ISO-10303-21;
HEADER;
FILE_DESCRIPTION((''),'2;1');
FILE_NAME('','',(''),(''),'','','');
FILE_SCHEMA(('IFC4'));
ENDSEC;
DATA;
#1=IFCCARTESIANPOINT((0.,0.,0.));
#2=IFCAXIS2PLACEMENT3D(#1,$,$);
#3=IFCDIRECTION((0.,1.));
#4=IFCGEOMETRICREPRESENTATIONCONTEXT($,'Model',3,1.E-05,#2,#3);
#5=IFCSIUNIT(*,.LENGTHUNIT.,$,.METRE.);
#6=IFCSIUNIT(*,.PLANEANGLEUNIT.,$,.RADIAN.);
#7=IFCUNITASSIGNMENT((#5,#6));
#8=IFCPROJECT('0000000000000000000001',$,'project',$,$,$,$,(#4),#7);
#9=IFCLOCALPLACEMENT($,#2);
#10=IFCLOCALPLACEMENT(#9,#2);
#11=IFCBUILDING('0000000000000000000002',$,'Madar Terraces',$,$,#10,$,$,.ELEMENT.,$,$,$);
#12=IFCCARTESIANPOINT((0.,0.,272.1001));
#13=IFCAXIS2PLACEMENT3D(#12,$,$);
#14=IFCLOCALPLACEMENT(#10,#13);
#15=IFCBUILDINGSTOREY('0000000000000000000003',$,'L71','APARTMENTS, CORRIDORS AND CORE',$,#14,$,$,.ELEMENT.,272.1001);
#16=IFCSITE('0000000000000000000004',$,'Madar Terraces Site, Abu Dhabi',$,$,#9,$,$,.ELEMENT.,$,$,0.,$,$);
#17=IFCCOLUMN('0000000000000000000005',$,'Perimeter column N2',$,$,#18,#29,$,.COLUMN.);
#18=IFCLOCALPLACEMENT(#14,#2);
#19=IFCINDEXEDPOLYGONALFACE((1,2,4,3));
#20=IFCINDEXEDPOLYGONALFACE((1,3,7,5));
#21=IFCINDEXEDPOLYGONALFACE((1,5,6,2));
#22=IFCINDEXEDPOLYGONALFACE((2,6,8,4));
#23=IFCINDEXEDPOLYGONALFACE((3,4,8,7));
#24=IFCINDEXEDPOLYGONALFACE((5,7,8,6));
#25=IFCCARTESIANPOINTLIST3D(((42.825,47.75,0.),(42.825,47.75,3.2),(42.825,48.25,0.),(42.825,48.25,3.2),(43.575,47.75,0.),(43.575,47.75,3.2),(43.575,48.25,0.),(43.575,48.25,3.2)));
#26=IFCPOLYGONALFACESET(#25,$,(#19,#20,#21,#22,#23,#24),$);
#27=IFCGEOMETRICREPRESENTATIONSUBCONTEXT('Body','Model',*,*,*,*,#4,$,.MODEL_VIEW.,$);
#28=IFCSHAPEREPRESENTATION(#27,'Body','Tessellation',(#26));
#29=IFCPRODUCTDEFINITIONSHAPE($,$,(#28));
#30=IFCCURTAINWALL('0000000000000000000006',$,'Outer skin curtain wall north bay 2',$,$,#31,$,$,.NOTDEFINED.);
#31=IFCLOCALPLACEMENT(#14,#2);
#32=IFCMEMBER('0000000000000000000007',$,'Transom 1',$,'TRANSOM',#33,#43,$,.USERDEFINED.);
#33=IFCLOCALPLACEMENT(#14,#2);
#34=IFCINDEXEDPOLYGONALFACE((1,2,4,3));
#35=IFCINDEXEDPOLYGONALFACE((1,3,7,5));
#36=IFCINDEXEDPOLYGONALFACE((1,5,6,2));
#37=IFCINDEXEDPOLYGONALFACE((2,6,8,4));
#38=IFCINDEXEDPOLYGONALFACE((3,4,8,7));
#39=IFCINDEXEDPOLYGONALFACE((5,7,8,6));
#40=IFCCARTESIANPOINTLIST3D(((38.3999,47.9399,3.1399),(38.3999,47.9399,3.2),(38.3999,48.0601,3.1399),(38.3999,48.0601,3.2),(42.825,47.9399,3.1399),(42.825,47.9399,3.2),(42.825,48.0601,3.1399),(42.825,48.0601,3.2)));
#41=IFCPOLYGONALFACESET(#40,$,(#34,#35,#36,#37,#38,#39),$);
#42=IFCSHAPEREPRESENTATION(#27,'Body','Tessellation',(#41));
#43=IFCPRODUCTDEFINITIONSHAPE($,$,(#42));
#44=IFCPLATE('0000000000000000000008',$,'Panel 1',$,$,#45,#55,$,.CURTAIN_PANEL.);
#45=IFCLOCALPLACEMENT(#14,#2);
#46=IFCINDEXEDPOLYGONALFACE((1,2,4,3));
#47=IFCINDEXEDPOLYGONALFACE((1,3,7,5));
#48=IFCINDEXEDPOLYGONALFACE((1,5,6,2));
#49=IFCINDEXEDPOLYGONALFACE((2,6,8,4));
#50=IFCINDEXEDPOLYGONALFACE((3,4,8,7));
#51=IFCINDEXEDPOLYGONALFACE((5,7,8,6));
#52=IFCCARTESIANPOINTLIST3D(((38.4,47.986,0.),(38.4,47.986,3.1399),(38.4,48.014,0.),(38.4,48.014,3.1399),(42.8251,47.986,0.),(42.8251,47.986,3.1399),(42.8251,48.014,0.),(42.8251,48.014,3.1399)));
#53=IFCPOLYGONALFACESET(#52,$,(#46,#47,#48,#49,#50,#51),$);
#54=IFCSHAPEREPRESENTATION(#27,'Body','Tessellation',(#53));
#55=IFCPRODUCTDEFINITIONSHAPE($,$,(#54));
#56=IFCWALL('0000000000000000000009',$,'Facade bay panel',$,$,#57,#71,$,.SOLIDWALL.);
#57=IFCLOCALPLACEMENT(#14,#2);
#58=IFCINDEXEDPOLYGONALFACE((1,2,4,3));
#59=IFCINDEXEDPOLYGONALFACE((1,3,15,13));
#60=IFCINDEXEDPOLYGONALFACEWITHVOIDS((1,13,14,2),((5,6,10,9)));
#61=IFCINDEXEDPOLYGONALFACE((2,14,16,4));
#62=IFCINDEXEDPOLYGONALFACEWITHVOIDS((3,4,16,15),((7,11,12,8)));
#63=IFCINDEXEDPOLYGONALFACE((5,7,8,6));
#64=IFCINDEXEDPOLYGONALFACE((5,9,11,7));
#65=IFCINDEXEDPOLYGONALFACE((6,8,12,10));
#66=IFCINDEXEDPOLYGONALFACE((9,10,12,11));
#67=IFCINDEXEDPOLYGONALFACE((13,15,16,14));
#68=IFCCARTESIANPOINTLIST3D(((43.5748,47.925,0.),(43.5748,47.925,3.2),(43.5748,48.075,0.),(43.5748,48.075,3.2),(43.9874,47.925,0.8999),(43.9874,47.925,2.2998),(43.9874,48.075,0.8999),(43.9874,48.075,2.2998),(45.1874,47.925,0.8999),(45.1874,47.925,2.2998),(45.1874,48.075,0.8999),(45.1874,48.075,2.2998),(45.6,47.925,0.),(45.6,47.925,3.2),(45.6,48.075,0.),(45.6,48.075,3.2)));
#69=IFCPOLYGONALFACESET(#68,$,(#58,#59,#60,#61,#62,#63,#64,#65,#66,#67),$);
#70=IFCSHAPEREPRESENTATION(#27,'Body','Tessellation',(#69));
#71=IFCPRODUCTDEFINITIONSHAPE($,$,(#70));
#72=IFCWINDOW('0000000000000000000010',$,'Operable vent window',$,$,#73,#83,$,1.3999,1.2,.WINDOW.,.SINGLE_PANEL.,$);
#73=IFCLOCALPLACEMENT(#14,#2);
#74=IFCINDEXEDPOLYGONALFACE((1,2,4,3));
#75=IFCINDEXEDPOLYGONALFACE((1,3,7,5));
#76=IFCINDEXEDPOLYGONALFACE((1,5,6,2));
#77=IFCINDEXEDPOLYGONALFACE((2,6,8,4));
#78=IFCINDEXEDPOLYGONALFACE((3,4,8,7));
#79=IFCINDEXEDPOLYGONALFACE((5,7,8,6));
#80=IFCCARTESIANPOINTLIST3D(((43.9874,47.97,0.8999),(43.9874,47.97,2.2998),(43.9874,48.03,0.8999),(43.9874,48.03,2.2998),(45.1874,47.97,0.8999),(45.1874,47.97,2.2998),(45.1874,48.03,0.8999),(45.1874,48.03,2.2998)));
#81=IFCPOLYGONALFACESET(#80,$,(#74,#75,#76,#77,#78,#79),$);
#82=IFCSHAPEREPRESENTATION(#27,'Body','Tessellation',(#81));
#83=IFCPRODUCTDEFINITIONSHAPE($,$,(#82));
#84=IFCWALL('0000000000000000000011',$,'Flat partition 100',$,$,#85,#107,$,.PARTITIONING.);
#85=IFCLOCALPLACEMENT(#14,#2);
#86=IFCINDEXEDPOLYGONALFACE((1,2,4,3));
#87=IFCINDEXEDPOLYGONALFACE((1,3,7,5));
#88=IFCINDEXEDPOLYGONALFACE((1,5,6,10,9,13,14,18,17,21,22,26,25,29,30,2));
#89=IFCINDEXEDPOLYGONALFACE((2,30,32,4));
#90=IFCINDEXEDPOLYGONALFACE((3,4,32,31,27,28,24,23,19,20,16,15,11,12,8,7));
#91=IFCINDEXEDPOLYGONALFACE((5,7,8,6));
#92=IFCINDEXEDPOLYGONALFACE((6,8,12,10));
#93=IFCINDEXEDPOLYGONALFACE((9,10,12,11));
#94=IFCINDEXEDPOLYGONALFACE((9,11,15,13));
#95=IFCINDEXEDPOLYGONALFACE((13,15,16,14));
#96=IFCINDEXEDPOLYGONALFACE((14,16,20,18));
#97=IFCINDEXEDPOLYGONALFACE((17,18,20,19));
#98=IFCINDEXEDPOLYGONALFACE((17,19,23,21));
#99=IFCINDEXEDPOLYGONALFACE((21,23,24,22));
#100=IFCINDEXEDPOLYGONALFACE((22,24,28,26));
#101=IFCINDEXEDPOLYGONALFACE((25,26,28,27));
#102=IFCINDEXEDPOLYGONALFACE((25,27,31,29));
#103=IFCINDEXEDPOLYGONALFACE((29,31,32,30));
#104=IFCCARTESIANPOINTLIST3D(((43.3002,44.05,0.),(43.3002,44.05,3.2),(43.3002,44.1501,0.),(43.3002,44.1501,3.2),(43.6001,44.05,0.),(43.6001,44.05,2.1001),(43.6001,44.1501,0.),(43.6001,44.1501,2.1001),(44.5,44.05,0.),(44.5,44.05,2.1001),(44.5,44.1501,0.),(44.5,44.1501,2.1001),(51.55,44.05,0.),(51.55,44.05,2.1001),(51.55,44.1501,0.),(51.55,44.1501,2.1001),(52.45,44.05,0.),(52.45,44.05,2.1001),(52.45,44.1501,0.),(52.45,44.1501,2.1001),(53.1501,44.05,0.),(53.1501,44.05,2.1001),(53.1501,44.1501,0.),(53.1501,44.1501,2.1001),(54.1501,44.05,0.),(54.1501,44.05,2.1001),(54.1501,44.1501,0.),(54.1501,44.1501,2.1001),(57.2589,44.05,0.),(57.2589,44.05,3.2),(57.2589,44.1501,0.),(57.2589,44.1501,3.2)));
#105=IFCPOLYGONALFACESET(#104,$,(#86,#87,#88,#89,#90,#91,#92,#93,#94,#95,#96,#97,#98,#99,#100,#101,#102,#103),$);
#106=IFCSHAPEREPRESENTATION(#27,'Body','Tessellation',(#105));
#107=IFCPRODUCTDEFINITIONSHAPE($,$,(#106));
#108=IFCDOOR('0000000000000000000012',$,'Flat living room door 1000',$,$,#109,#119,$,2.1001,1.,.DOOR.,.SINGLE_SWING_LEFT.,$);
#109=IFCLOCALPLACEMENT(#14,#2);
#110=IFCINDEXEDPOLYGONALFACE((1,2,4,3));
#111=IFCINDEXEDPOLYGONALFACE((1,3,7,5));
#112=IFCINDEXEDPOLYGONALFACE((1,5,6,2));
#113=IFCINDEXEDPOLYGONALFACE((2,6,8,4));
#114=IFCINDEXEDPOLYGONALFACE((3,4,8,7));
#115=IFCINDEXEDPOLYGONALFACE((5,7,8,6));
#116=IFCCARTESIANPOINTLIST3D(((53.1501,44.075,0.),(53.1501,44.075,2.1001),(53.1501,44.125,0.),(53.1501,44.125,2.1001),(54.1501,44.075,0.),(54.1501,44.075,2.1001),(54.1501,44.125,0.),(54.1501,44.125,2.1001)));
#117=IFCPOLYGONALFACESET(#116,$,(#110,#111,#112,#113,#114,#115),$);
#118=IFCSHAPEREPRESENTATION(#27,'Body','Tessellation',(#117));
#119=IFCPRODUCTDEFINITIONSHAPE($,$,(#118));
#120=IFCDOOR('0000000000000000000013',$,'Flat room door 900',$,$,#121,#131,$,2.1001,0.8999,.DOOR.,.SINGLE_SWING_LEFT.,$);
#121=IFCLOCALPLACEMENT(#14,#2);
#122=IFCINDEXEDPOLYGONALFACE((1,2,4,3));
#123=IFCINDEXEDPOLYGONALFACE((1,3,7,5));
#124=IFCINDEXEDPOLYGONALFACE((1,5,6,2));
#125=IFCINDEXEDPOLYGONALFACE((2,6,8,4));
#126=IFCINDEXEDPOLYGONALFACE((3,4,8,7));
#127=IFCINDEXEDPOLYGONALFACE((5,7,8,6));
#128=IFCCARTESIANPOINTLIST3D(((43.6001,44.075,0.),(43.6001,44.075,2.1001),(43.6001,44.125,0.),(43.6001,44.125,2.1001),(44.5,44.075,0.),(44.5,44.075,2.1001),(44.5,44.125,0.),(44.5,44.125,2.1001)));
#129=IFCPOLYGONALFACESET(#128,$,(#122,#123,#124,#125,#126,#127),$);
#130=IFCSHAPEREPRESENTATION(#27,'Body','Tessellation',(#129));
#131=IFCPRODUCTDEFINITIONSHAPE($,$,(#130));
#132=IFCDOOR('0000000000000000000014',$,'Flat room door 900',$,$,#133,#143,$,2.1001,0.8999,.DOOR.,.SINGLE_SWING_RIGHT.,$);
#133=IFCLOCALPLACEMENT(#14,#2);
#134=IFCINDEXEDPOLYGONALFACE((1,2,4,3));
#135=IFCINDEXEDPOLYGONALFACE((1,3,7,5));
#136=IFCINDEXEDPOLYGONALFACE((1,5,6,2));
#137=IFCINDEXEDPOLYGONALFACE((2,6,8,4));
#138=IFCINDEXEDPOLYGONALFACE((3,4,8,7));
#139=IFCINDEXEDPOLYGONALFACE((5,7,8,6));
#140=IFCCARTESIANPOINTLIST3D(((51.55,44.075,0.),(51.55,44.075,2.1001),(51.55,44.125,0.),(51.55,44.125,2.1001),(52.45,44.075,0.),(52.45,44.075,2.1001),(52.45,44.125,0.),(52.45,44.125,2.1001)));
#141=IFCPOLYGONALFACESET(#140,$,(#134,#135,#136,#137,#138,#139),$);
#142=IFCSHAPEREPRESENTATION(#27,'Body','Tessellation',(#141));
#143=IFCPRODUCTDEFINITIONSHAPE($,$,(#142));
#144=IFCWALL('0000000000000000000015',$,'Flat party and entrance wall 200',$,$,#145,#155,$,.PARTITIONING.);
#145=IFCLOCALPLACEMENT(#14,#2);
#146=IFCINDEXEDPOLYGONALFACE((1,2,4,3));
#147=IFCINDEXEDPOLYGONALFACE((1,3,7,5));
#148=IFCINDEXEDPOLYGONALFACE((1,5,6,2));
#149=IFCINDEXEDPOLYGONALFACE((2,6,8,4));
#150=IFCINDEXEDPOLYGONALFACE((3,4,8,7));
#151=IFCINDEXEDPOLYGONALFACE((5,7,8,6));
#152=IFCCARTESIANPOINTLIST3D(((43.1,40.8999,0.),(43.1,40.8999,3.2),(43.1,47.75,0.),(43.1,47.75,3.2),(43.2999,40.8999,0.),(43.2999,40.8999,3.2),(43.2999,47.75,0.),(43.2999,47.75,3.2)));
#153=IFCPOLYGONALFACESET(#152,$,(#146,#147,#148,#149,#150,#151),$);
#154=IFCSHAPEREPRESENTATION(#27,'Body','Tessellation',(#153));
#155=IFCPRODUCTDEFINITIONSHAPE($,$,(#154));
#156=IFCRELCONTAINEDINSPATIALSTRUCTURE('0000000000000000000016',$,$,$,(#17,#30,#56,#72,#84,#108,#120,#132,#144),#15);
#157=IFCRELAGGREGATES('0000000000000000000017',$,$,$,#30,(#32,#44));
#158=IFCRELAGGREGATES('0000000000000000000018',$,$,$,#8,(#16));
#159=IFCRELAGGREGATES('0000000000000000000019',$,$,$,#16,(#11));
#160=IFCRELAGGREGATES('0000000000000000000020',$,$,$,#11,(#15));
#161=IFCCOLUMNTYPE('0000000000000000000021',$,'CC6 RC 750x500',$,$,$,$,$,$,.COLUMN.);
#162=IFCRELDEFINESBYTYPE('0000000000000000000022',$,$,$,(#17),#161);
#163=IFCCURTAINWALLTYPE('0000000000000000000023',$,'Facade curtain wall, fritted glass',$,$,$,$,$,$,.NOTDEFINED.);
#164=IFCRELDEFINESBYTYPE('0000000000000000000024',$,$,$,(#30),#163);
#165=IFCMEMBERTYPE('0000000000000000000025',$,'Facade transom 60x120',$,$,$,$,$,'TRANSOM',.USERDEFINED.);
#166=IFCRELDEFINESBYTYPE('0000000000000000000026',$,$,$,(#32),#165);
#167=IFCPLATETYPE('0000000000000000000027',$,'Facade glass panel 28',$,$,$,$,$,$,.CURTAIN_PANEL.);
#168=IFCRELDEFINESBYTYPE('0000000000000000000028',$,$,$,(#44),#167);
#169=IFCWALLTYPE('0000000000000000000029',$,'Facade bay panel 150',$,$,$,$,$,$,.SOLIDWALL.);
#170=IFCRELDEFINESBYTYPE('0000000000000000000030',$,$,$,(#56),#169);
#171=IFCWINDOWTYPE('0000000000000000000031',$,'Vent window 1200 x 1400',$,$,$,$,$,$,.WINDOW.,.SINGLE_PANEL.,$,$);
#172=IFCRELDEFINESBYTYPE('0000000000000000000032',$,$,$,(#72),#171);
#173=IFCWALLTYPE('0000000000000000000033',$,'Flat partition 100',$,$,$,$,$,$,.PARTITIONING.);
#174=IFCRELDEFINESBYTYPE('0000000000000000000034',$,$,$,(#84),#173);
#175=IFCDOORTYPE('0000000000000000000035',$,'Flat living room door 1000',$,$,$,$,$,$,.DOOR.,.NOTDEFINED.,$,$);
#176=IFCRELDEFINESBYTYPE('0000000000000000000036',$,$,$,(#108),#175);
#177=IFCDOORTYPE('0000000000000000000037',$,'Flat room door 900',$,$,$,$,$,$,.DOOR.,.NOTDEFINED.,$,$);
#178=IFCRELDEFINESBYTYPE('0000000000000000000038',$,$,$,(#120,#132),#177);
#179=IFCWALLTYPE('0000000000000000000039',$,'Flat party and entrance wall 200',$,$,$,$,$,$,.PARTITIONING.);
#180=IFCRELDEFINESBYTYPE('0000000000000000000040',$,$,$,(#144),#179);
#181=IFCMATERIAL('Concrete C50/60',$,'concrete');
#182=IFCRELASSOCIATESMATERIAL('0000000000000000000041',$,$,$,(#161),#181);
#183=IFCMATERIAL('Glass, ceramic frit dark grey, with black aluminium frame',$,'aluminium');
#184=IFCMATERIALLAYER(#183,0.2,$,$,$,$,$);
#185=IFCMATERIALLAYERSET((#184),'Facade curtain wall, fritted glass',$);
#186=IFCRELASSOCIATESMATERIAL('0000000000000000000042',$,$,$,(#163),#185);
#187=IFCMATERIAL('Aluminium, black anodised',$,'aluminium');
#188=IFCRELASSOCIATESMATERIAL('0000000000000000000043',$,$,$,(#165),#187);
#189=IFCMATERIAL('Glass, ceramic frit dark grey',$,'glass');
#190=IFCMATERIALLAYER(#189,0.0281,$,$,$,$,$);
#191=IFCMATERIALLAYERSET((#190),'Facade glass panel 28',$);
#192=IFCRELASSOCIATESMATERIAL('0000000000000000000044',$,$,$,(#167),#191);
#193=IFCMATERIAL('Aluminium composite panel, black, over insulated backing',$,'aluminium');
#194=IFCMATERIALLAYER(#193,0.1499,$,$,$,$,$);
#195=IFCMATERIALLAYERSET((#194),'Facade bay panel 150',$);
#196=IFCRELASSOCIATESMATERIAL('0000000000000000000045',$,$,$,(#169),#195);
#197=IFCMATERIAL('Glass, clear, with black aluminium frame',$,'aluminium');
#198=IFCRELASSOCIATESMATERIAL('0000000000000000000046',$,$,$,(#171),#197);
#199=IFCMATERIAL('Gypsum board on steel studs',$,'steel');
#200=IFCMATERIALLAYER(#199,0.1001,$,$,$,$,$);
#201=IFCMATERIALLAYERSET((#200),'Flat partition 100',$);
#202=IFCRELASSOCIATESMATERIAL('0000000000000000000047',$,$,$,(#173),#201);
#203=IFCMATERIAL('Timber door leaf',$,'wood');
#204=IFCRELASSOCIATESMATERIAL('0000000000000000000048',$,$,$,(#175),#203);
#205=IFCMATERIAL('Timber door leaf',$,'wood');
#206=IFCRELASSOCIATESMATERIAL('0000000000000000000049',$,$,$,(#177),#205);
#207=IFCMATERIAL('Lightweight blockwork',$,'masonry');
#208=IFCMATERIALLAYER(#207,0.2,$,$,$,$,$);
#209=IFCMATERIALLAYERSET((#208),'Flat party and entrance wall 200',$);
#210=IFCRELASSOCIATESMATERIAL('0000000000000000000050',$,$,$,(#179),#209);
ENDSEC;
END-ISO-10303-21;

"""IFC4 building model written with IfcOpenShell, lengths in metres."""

from ifc_helpers import new_model, si_unit, direction, frame, frame_2d, origin, origin_2d, place, context, subcontext, project, spatial, rectangle, extrude, material, layer, layer_set, material_profile, profile_set, type_object, element, fill, aggregate, save


model = new_model("IFC4")

# Units and contexts
model_context = context("Model", 3, precision=1e-05, world=origin(), true_north=direction((0.0, 1.0)))
body_context = subcontext(model_context, "Body", "Model", "MODEL_VIEW")
ifc_project = project(units=[si_unit("LENGTHUNIT", "METRE"), si_unit("PLANEANGLEUNIT", "RADIAN")], contexts=[model_context])

# Site, building, storey
site_placement = place(None, origin())
site = spatial("IfcSite", under=ifc_project, at=site_placement, Name="Madar Terraces Site, Abu Dhabi", CompositionType="ELEMENT", RefElevation=0.0)
building_placement = place(site_placement, origin())
building = spatial("IfcBuilding", under=site, at=building_placement, Name="Madar Terraces", CompositionType="ELEMENT")
storey_placement = place(building_placement, frame((0.0, 0.0, 272.1001)))
storey = spatial("IfcBuildingStorey", under=building, at=storey_placement, Name="L71", Description="APARTMENTS, CORRIDORS AND CORE", CompositionType="ELEMENT", Elevation=272.1001)

# Column
ifc_material_1 = material(Name="Concrete C50/60", Category="concrete")
ifc_material_profile_1 = material_profile(ifc_material_1, rectangle(XDim=0.75, YDim=0.5, at=origin_2d()), Name="CC6 RC 750x500")
ifc_profile_set_1 = profile_set([ifc_material_profile_1], Name="Concrete C50/60")
column_type = type_object("IfcColumnType", Name="CC6 RC 750x500", PredefinedType="COLUMN", material=ifc_profile_set_1)
column_placement = place(storey_placement, frame((43.2, 48.0, 0.0), z_axis=(0.0, 0.0, 1.0), x_axis=(1.0, 0.0, 0.0)))
element("IfcColumn", 1, at=column_placement, inside=storey, type_object=column_type, Name="Perimeter column N2", PredefinedType="COLUMN", context=body_context, shape_type="SweptSolid", body=[
    extrude(rectangle(XDim=0.75, YDim=0.5, at=origin_2d()), origin(), (0.0, 0.0, 1.0), 3.2),
])

# Curtain wall, member, plate
ifc_material_2 = material(Name="Glass, ceramic frit dark grey, with black aluminium frame", Category="aluminium")
ifc_layer_1 = layer(ifc_material_2, 0.2)
ifc_layer_set_1 = layer_set([ifc_layer_1], Name="Facade curtain wall, fritted glass")
curtain_wall_type = type_object("IfcCurtainWallType", Name="Facade curtain wall, fritted glass", PredefinedType="NOTDEFINED", material=ifc_layer_set_1)
curtain_wall_placement = place(storey_placement, origin())
curtain_wall = element("IfcCurtainWall", 2, at=curtain_wall_placement, inside=storey, type_object=curtain_wall_type, Name="Outer skin curtain wall north bay 2", PredefinedType="NOTDEFINED")
ifc_material_3 = material(Name="Aluminium, black anodised", Category="aluminium")
ifc_material_profile_2 = material_profile(ifc_material_3, rectangle(XDim=0.1201, YDim=0.0601, at=origin_2d()), Name="Facade transom 60x120")
ifc_profile_set_2 = profile_set([ifc_material_profile_2], Name="Aluminium, black anodised")
member_type = type_object("IfcMemberType", Name="Facade transom 60x120", ElementType="TRANSOM", PredefinedType="USERDEFINED", material=ifc_profile_set_2)
member_placement = place(storey_placement, frame((42.825, 48.0, 3.1699), z_axis=(-1.0, 0.0, 0.0), x_axis=(0.0, -1.0, 0.0)))
member = element("IfcMember", 3, at=member_placement, type_object=member_type, Name="Transom 1", ObjectType="TRANSOM", PredefinedType="USERDEFINED", context=body_context, shape_type="SweptSolid", body=[
    extrude(rectangle(XDim=0.1201, YDim=0.0601, at=origin_2d()), origin(), (0.0, 0.0, 1.0), 4.425),
])
ifc_material_4 = material(Name="Glass, ceramic frit dark grey", Category="glass")
ifc_layer_2 = layer(ifc_material_4, 0.0281)
ifc_layer_set_2 = layer_set([ifc_layer_2], Name="Facade glass panel 28")
plate_type = type_object("IfcPlateType", Name="Facade glass panel 28", PredefinedType="CURTAIN_PANEL", material=ifc_layer_set_2)
plate_placement = place(storey_placement, frame((40.6125, 48.0, 0.0), z_axis=(0.0, 0.0, 1.0), x_axis=(-1.0, 0.0, 0.0)))
plate = element("IfcPlate", 4, at=plate_placement, type_object=plate_type, Name="Panel 1", PredefinedType="CURTAIN_PANEL", context=body_context, shape_type="SweptSolid", body=[
    extrude(rectangle(XDim=4.425, YDim=0.0281, at=origin_2d()), origin(), (0.0, 0.0, 1.0), 3.1399),
])
aggregate(curtain_wall, [member, plate])

# Wall, opening, window
ifc_material_5 = material(Name="Aluminium composite panel, black, over insulated backing", Category="aluminium")
ifc_layer_3 = layer(ifc_material_5, 0.1499)
ifc_layer_set_3 = layer_set([ifc_layer_3], Name="Facade bay panel 150")
wall_type_1 = type_object("IfcWallType", Name="Facade bay panel 150", PredefinedType="SOLIDWALL", material=ifc_layer_set_3)
wall_1_placement = place(storey_placement, frame((45.6001, 48.0, 0.0), z_axis=(0.0, 0.0, 1.0), x_axis=(-1.0, 0.0, 0.0)))
wall_1 = element("IfcWall", 5, at=wall_1_placement, inside=storey, type_object=wall_type_1, Name="Facade bay panel", PredefinedType="SOLIDWALL", context=body_context, shape_type="SweptSolid", body=[
    extrude(rectangle(XDim=2.0251, YDim=0.1499, at=frame_2d((1.0127, 0.0))), origin(), (0.0, 0.0, 1.0), 3.2),
])
opening_1_placement = place(wall_1_placement, frame((0.4126, 0.0, 0.8999)))
opening_1 = element("IfcOpeningElement", 6, at=opening_1_placement, cuts=wall_1, PredefinedType="OPENING", context=body_context, shape_type="SweptSolid", body=[
    extrude(rectangle(XDim=1.2, YDim=1.3999, at=frame_2d((0.6001, 0.7))), frame((0.0, 0.085, 0.0), z_axis=(0.0, -1.0, 0.0), x_axis=(1.0, 0.0, 0.0)), (0.0, 0.0, 1.0), 0.1699),
])
ifc_material_6 = material(Name="Glass, clear, with black aluminium frame", Category="aluminium")
window_type = type_object("IfcWindowType", Name="Vent window 1200 x 1400", PartitioningType="SINGLE_PANEL", PredefinedType="WINDOW", material=ifc_material_6)
window_placement = place(opening_1_placement, origin())
window = element("IfcWindow", 7, at=window_placement, inside=storey, type_object=window_type, Name="Operable vent window", OverallHeight=1.3999, OverallWidth=1.2, PartitioningType="SINGLE_PANEL", PredefinedType="WINDOW", context=body_context, shape_type="SweptSolid", body=[
    extrude(rectangle(XDim=1.2, YDim=1.3999, at=frame_2d((0.6001, 0.7))), frame((0.0, 0.03, 0.0), z_axis=(0.0, -1.0, 0.0), x_axis=(1.0, 0.0, 0.0)), (0.0, 0.0, 1.0), 0.0601),
])
fill(opening_1, window)

# Wall, openings, doors
ifc_material_7 = material(Name="Gypsum board on steel studs", Category="steel")
ifc_layer_4 = layer(ifc_material_7, 0.1001)
ifc_layer_set_4 = layer_set([ifc_layer_4], Name="Flat partition 100")
wall_type_2 = type_object("IfcWallType", Name="Flat partition 100", PredefinedType="PARTITIONING", material=ifc_layer_set_4)
wall_2_placement = place(storey_placement, frame((43.3, 44.1001, 0.0), z_axis=(0.0, 0.0, 1.0), x_axis=(1.0, 0.0, 0.0)))
wall_2 = element("IfcWall", 8, at=wall_2_placement, inside=storey, type_object=wall_type_2, Name="Flat partition 100", PredefinedType="PARTITIONING", context=body_context, shape_type="SweptSolid", body=[
    extrude(rectangle(XDim=13.9587, YDim=0.1001, at=frame_2d((6.9795, 0.0))), origin(), (0.0, 0.0, 1.0), 3.2),
])
opening_2_placement = place(wall_2_placement, frame((0.3, 0.0, 0.0)))
opening_2 = element("IfcOpeningElement", 9, at=opening_2_placement, cuts=wall_2, PredefinedType="OPENING", context=body_context, shape_type="SweptSolid", body=[
    extrude(rectangle(XDim=0.8999, YDim=2.1001, at=frame_2d((0.45, 1.05))), frame((0.0, 0.0601, 0.0), z_axis=(0.0, -1.0, 0.0), x_axis=(1.0, 0.0, 0.0)), (0.0, 0.0, 1.0), 0.1201),
])
opening_3_placement = place(wall_2_placement, frame((8.25, 0.0, 0.0)))
opening_3 = element("IfcOpeningElement", 10, at=opening_3_placement, cuts=wall_2, PredefinedType="OPENING", context=body_context, shape_type="SweptSolid", body=[
    extrude(rectangle(XDim=0.8999, YDim=2.1001, at=frame_2d((0.45, 1.05))), frame((0.0, 0.0601, 0.0), z_axis=(0.0, -1.0, 0.0), x_axis=(1.0, 0.0, 0.0)), (0.0, 0.0, 1.0), 0.1201),
])
opening_4_placement = place(wall_2_placement, frame((9.8501, 0.0, 0.0)))
opening_4 = element("IfcOpeningElement", 11, at=opening_4_placement, cuts=wall_2, PredefinedType="OPENING", context=body_context, shape_type="SweptSolid", body=[
    extrude(rectangle(XDim=1.0, YDim=2.1001, at=frame_2d((0.5, 1.05))), frame((0.0, 0.0601, 0.0), z_axis=(0.0, -1.0, 0.0), x_axis=(1.0, 0.0, 0.0)), (0.0, 0.0, 1.0), 0.1201),
])
ifc_material_8 = material(Name="Timber door leaf", Category="wood")
door_type_1 = type_object("IfcDoorType", Name="Flat living room door 1000", OperationType="NOTDEFINED", PredefinedType="DOOR", material=ifc_material_8)
door_1_placement = place(opening_4_placement, origin())
door_1 = element("IfcDoor", 12, at=door_1_placement, inside=storey, type_object=door_type_1, Name="Flat living room door 1000", OperationType="SINGLE_SWING_LEFT", OverallHeight=2.1001, OverallWidth=1.0, PredefinedType="DOOR", context=body_context, shape_type="SweptSolid", body=[
    extrude(rectangle(XDim=1.0, YDim=2.1001, at=frame_2d((0.5, 1.05))), frame((0.0, 0.0249, 0.0), z_axis=(0.0, -1.0, 0.0), x_axis=(1.0, 0.0, 0.0)), (0.0, 0.0, 1.0), 0.05),
])
fill(opening_4, door_1)
ifc_material_9 = material(Name="Timber door leaf", Category="wood")
door_type_2 = type_object("IfcDoorType", Name="Flat room door 900", OperationType="NOTDEFINED", PredefinedType="DOOR", material=ifc_material_9)
door_2_placement = place(opening_2_placement, origin())
door_2 = element("IfcDoor", 13, at=door_2_placement, inside=storey, type_object=door_type_2, Name="Flat room door 900", OperationType="SINGLE_SWING_LEFT", OverallHeight=2.1001, OverallWidth=0.8999, PredefinedType="DOOR", context=body_context, shape_type="SweptSolid", body=[
    extrude(rectangle(XDim=0.8999, YDim=2.1001, at=frame_2d((0.45, 1.05))), frame((0.0, 0.0249, 0.0), z_axis=(0.0, -1.0, 0.0), x_axis=(1.0, 0.0, 0.0)), (0.0, 0.0, 1.0), 0.05),
])
fill(opening_2, door_2)
door_3_placement = place(opening_3_placement, origin())
door_3 = element("IfcDoor", 14, at=door_3_placement, inside=storey, type_object=door_type_2, Name="Flat room door 900", OperationType="SINGLE_SWING_RIGHT", OverallHeight=2.1001, OverallWidth=0.8999, PredefinedType="DOOR", context=body_context, shape_type="SweptSolid", body=[
    extrude(rectangle(XDim=0.8999, YDim=2.1001, at=frame_2d((0.45, 1.05))), frame((0.0, 0.0249, 0.0), z_axis=(0.0, -1.0, 0.0), x_axis=(1.0, 0.0, 0.0)), (0.0, 0.0, 1.0), 0.05),
])
fill(opening_3, door_3)

# Wall
ifc_material_10 = material(Name="Lightweight blockwork", Category="masonry")
ifc_layer_5 = layer(ifc_material_10, 0.2)
ifc_layer_set_5 = layer_set([ifc_layer_5], Name="Flat party and entrance wall 200")
wall_type_3 = type_object("IfcWallType", Name="Flat party and entrance wall 200", PredefinedType="PARTITIONING", material=ifc_layer_set_5)
wall_3_placement = place(storey_placement, frame((43.2, 47.75, 0.0), z_axis=(0.0, 0.0, 1.0), x_axis=(0.0, -1.0, 0.0)))
element("IfcWall", 15, at=wall_3_placement, inside=storey, type_object=wall_type_3, Name="Flat party and entrance wall 200", PredefinedType="PARTITIONING", context=body_context, shape_type="SweptSolid", body=[
    extrude(rectangle(XDim=6.8501, YDim=0.2, at=frame_2d((3.425, 0.0))), origin(), (0.0, 0.0, 1.0), 3.2),
])

save(model, "model.ifc")
